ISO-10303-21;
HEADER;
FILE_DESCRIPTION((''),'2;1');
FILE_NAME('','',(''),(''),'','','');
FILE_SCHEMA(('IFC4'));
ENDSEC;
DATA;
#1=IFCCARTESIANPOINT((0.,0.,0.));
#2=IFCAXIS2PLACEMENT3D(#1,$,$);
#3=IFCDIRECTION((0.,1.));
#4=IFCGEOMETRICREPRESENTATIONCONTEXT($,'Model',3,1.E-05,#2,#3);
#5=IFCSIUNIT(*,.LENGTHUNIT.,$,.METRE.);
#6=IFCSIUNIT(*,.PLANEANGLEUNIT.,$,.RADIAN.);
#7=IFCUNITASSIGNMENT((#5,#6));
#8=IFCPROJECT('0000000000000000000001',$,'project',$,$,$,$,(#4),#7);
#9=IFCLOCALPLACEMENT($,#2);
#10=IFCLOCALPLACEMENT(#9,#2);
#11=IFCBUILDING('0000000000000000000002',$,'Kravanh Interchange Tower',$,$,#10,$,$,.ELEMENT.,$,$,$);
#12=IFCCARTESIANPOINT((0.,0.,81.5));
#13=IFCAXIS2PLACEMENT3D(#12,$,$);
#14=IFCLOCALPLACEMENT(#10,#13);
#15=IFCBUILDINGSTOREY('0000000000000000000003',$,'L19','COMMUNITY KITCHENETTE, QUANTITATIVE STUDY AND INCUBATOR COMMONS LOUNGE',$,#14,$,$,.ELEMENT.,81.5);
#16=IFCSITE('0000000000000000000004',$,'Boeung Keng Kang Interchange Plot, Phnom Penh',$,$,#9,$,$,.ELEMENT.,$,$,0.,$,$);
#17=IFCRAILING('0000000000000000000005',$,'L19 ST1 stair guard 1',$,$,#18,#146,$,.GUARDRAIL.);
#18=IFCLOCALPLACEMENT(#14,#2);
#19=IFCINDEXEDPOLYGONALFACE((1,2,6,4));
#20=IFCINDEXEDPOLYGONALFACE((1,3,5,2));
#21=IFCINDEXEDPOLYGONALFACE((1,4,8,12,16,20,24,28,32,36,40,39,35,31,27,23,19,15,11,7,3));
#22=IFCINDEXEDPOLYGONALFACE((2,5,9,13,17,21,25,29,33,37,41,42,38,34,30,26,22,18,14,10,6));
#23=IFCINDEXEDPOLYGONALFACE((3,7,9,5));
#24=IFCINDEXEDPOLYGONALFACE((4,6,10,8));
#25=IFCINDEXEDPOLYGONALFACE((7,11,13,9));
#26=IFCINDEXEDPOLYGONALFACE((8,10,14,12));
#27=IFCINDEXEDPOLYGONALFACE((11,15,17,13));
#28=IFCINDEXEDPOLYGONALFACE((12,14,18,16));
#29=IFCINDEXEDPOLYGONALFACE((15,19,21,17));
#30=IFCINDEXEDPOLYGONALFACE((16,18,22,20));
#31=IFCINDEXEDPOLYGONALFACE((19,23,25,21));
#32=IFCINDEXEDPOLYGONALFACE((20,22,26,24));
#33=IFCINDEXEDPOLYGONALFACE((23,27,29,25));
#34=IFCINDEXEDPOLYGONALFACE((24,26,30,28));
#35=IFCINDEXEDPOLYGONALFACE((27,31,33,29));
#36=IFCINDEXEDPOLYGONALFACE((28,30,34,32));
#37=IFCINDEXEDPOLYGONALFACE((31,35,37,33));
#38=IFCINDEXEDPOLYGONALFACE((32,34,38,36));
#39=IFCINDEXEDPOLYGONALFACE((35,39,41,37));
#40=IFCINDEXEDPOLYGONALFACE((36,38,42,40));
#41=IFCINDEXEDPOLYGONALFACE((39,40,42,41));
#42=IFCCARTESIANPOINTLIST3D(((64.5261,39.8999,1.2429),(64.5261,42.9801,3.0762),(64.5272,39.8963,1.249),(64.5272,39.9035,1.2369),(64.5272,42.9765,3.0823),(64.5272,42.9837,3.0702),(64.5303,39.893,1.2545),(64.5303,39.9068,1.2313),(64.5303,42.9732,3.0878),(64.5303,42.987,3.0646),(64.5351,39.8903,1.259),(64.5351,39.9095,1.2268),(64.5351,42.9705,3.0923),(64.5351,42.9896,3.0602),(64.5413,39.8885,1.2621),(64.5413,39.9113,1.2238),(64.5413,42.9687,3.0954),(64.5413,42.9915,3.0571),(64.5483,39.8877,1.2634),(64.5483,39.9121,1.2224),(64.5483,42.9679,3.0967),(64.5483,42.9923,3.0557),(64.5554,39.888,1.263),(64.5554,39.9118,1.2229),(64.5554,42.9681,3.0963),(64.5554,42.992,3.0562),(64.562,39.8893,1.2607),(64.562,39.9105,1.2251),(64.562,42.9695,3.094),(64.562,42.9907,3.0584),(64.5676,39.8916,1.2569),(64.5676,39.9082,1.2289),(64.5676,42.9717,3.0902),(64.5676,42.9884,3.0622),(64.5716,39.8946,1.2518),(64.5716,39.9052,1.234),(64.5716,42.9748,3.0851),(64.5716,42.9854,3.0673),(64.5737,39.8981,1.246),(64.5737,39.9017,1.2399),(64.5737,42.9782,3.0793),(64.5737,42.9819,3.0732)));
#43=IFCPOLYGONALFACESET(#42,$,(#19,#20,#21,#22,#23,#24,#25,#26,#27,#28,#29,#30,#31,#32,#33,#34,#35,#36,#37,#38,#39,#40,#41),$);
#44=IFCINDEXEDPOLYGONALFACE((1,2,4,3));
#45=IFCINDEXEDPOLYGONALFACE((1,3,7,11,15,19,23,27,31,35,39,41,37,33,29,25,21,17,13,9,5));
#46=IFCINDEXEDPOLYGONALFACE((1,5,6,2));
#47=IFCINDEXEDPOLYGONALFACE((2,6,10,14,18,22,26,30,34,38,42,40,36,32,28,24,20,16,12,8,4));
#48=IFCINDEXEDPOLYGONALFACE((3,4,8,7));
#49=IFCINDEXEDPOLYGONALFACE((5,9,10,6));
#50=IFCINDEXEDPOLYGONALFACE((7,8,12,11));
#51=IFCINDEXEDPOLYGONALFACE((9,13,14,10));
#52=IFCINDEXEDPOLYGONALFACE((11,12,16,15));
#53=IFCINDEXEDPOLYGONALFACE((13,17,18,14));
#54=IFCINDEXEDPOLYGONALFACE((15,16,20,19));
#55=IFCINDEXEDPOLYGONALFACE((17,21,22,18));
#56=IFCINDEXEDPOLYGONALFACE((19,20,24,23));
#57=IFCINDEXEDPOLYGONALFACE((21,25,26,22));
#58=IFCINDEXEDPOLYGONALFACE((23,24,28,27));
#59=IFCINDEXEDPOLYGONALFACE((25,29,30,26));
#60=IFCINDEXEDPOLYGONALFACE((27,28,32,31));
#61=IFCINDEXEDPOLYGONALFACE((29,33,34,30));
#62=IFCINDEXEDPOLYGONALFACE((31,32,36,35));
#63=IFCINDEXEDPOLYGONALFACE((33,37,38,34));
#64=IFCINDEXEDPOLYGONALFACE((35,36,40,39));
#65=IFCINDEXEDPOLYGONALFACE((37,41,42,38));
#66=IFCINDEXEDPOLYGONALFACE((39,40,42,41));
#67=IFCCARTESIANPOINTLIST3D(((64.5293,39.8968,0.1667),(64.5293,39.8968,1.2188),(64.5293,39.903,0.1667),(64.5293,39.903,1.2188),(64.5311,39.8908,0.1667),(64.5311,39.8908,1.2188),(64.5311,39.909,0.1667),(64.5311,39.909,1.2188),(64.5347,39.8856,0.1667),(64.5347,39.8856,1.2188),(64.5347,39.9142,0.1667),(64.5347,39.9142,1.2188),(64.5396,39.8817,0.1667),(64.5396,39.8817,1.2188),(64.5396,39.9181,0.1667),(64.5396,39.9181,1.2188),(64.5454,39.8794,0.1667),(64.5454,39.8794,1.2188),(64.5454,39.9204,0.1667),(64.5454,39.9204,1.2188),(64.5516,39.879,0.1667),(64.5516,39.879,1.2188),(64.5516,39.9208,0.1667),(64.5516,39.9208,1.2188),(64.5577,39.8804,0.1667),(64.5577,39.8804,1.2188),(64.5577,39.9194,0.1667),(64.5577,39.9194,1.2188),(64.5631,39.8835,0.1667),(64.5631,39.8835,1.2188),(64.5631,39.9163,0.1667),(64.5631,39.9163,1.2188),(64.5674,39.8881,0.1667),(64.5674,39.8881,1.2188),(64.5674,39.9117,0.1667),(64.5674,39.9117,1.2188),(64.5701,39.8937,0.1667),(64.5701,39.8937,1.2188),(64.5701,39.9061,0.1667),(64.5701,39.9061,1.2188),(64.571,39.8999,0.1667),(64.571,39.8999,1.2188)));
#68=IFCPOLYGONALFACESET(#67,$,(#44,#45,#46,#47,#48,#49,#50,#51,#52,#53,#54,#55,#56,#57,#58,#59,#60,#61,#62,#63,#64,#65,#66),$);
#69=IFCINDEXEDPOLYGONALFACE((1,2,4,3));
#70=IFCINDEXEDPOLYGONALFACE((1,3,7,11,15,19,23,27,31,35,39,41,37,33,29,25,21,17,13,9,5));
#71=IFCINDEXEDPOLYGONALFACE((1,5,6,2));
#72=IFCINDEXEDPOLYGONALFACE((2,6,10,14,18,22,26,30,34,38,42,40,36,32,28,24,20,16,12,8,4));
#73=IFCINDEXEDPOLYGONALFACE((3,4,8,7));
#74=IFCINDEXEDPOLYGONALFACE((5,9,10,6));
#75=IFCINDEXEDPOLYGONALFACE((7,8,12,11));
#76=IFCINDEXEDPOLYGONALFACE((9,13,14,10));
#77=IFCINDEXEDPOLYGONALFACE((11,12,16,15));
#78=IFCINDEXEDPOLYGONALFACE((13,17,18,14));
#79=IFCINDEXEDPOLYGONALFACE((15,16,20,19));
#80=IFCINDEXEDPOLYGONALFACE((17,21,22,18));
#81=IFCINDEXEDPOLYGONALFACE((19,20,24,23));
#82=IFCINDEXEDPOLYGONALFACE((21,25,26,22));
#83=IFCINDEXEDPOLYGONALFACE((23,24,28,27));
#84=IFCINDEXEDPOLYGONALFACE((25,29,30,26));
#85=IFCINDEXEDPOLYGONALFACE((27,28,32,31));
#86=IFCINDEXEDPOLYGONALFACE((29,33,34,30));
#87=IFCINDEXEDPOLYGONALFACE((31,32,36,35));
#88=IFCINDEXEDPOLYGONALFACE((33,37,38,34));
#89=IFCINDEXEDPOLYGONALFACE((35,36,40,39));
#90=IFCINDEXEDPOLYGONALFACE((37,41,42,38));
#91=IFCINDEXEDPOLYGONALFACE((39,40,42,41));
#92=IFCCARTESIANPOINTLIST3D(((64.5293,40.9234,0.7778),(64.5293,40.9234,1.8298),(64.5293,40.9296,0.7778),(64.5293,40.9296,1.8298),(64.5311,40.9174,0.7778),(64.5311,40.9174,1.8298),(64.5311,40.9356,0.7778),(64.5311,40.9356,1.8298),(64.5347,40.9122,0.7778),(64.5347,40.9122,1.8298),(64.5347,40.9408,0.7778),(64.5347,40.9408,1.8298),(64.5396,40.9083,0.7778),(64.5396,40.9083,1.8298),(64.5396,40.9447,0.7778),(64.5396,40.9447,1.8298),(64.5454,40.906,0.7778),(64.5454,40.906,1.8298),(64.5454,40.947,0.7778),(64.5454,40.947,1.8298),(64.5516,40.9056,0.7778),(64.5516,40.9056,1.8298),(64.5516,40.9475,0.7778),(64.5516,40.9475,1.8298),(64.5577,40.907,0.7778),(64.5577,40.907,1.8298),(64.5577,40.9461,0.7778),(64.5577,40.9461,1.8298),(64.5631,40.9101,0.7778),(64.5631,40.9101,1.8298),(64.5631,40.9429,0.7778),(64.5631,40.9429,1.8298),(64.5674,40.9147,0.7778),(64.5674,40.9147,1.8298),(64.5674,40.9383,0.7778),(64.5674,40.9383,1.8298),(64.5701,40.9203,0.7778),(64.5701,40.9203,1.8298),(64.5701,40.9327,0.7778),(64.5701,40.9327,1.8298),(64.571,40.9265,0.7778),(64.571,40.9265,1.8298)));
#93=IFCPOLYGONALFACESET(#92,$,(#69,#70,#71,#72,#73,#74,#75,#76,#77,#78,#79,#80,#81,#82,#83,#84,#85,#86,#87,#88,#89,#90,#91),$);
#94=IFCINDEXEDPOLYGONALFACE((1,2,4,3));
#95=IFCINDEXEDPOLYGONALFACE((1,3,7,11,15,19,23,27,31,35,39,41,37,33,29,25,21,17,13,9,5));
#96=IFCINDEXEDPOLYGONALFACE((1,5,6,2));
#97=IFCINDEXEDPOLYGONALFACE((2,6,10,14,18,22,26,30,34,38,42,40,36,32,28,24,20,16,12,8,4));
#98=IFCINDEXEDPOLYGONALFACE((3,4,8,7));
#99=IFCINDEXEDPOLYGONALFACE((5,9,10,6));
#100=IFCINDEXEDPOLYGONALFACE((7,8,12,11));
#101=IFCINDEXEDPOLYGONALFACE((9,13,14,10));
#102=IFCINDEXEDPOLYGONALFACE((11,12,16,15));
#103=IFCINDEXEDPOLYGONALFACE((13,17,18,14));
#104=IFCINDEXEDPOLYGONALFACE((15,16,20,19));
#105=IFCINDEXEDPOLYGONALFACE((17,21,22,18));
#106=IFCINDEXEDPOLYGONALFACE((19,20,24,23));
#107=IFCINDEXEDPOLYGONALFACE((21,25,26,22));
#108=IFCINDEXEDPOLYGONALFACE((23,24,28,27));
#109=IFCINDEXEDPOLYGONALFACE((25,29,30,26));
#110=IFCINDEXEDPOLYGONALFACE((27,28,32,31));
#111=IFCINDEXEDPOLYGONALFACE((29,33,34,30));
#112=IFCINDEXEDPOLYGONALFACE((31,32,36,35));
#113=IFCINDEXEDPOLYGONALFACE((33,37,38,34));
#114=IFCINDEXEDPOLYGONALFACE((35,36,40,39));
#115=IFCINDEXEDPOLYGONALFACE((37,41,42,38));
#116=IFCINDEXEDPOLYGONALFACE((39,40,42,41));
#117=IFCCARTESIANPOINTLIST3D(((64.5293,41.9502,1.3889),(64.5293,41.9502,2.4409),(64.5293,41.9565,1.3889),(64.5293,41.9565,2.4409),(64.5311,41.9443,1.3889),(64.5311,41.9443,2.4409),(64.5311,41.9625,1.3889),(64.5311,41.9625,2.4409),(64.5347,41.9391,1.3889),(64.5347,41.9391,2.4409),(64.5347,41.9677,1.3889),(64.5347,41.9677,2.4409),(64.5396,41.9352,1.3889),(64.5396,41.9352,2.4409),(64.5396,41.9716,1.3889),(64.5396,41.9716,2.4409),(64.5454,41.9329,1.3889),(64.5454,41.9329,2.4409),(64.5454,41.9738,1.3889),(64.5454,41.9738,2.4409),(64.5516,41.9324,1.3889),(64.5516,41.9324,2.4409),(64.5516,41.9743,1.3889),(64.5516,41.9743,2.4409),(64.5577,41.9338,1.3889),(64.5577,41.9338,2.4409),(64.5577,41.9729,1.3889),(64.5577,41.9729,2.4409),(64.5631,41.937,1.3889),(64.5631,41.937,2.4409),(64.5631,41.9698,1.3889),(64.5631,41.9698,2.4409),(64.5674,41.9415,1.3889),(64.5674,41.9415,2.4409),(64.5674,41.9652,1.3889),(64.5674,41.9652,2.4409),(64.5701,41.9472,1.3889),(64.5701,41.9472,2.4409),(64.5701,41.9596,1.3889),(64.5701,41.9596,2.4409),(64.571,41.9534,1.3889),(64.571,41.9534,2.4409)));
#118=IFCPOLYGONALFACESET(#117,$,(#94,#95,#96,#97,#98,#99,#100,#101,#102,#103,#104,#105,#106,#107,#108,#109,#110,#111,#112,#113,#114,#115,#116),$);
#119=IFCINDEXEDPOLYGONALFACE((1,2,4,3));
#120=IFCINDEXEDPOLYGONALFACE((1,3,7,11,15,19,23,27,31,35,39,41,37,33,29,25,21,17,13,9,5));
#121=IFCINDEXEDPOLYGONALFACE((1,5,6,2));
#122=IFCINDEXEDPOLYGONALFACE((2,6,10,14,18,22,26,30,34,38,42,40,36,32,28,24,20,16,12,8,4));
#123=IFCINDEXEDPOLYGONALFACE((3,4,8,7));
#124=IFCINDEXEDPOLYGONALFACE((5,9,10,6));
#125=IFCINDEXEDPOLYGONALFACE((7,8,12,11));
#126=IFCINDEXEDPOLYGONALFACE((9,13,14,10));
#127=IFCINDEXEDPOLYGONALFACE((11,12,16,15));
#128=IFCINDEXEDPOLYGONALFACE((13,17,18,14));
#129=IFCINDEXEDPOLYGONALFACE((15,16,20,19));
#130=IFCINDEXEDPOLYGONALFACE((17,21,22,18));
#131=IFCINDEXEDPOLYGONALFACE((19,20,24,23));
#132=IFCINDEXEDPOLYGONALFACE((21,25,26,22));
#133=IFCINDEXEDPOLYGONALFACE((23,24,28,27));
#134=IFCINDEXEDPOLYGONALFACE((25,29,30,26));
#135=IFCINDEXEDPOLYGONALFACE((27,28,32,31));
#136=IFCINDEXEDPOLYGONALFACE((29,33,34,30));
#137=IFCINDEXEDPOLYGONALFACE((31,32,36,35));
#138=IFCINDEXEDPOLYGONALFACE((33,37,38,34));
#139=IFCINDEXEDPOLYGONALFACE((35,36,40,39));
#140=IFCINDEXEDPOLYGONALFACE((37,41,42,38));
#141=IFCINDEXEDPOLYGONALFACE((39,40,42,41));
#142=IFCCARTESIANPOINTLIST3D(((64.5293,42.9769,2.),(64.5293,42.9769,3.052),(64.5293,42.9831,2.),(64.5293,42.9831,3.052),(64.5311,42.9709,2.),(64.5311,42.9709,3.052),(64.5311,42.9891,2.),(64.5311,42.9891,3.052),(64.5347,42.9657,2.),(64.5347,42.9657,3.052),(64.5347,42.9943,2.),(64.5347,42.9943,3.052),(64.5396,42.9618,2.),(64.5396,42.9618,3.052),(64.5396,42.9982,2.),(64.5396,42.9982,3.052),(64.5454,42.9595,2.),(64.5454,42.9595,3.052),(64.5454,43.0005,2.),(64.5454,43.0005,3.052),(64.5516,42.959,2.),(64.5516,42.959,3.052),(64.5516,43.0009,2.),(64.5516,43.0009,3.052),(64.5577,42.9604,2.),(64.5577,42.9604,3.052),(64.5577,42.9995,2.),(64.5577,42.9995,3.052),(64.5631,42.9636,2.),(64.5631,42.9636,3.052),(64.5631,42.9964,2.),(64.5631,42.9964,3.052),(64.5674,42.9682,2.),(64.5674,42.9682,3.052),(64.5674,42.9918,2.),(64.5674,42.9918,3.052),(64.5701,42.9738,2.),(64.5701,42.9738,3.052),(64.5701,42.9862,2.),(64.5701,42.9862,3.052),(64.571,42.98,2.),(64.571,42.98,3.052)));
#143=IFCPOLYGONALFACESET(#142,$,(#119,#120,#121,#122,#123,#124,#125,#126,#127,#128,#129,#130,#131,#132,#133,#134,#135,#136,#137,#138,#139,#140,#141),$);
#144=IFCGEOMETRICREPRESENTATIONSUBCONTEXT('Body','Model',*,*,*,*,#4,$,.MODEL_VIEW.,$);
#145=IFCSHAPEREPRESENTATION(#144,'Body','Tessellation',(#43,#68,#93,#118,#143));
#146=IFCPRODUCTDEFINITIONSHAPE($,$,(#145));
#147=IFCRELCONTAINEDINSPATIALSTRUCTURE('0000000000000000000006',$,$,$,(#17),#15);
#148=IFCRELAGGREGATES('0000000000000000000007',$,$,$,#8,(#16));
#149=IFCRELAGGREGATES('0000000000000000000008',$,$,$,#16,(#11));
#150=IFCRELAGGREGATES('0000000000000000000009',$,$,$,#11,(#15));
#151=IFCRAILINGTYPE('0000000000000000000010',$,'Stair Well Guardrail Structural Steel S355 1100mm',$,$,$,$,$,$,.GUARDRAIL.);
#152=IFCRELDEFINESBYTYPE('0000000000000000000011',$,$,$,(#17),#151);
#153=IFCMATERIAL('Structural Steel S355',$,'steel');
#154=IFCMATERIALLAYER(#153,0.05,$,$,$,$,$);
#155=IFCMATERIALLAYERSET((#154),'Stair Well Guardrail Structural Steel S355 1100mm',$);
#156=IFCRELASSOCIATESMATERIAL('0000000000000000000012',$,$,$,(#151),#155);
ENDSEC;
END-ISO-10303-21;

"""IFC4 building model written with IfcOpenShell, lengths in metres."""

from ifc_helpers import new_model, si_unit, direction, frame, origin, origin_2d, place, context, subcontext, project, spatial, circle, extrude, material, layer, layer_set, type_object, element, save


model = new_model("IFC4")

# Units and contexts
model_context = context("Model", 3, precision=1e-05, world=origin(), true_north=direction((0.0, 1.0)))
body_context = subcontext(model_context, "Body", "Model", "MODEL_VIEW")
ifc_project = project(units=[si_unit("LENGTHUNIT", "METRE"), si_unit("PLANEANGLEUNIT", "RADIAN")], contexts=[model_context])

# Site, building, storey
site_placement = place(None, origin())
site = spatial("IfcSite", under=ifc_project, at=site_placement, Name="Boeung Keng Kang Interchange Plot, Phnom Penh", CompositionType="ELEMENT", RefElevation=0.0)
building_placement = place(site_placement, origin())
building = spatial("IfcBuilding", under=site, at=building_placement, Name="Kravanh Interchange Tower", CompositionType="ELEMENT")
storey_placement = place(building_placement, frame((0.0, 0.0, 81.5)))
storey = spatial("IfcBuildingStorey", under=building, at=storey_placement, Name="L19", Description="COMMUNITY KITCHENETTE, QUANTITATIVE STUDY AND INCUBATOR COMMONS LOUNGE", CompositionType="ELEMENT", Elevation=81.5)

# Railing
ifc_material_1 = material(Name="Structural Steel S355", Category="steel")
ifc_layer_1 = layer(ifc_material_1, 0.05)
ifc_layer_set_1 = layer_set([ifc_layer_1], Name="Stair Well Guardrail Structural Steel S355 1100mm")
railing_type_1 = type_object("IfcRailingType", Name="Stair Well Guardrail Structural Steel S355 1100mm", PredefinedType="GUARDRAIL", material=ifc_layer_set_1)
railing_1_placement = place(storey_placement, frame((64.55, 39.8999, 0.1667)))
element("IfcRailing", 1, at=railing_1_placement, inside=storey, type_object=railing_type_1, Name="L19 ST1 stair guard 1", PredefinedType="GUARDRAIL", context=body_context, shape_type="SweptSolid", body=[
    extrude(circle(Radius=0.0239, at=origin_2d()), frame((0.0, 0.0, 1.0762), z_axis=(0.0, 0.859309, 0.511458), x_axis=(-1.0, 0.0, 0.0)), (0.0, 0.0, 1.0), 3.5845),
    extrude(circle(Radius=0.021, at=origin_2d()), origin(), (0.0, 0.0, 1.0), 1.052),
    extrude(circle(Radius=0.021, at=origin_2d()), frame((0.0, 1.0266, 0.6111)), (0.0, 0.0, 1.0), 1.052),
    extrude(circle(Radius=0.021, at=origin_2d()), frame((0.0, 2.0535, 1.2222)), (0.0, 0.0, 1.0), 1.052),
    extrude(circle(Radius=0.021, at=origin_2d()), frame((0.0, 3.0801, 1.8333)), (0.0, 0.0, 1.0), 1.052),
])

save(model, "model.ifc")
